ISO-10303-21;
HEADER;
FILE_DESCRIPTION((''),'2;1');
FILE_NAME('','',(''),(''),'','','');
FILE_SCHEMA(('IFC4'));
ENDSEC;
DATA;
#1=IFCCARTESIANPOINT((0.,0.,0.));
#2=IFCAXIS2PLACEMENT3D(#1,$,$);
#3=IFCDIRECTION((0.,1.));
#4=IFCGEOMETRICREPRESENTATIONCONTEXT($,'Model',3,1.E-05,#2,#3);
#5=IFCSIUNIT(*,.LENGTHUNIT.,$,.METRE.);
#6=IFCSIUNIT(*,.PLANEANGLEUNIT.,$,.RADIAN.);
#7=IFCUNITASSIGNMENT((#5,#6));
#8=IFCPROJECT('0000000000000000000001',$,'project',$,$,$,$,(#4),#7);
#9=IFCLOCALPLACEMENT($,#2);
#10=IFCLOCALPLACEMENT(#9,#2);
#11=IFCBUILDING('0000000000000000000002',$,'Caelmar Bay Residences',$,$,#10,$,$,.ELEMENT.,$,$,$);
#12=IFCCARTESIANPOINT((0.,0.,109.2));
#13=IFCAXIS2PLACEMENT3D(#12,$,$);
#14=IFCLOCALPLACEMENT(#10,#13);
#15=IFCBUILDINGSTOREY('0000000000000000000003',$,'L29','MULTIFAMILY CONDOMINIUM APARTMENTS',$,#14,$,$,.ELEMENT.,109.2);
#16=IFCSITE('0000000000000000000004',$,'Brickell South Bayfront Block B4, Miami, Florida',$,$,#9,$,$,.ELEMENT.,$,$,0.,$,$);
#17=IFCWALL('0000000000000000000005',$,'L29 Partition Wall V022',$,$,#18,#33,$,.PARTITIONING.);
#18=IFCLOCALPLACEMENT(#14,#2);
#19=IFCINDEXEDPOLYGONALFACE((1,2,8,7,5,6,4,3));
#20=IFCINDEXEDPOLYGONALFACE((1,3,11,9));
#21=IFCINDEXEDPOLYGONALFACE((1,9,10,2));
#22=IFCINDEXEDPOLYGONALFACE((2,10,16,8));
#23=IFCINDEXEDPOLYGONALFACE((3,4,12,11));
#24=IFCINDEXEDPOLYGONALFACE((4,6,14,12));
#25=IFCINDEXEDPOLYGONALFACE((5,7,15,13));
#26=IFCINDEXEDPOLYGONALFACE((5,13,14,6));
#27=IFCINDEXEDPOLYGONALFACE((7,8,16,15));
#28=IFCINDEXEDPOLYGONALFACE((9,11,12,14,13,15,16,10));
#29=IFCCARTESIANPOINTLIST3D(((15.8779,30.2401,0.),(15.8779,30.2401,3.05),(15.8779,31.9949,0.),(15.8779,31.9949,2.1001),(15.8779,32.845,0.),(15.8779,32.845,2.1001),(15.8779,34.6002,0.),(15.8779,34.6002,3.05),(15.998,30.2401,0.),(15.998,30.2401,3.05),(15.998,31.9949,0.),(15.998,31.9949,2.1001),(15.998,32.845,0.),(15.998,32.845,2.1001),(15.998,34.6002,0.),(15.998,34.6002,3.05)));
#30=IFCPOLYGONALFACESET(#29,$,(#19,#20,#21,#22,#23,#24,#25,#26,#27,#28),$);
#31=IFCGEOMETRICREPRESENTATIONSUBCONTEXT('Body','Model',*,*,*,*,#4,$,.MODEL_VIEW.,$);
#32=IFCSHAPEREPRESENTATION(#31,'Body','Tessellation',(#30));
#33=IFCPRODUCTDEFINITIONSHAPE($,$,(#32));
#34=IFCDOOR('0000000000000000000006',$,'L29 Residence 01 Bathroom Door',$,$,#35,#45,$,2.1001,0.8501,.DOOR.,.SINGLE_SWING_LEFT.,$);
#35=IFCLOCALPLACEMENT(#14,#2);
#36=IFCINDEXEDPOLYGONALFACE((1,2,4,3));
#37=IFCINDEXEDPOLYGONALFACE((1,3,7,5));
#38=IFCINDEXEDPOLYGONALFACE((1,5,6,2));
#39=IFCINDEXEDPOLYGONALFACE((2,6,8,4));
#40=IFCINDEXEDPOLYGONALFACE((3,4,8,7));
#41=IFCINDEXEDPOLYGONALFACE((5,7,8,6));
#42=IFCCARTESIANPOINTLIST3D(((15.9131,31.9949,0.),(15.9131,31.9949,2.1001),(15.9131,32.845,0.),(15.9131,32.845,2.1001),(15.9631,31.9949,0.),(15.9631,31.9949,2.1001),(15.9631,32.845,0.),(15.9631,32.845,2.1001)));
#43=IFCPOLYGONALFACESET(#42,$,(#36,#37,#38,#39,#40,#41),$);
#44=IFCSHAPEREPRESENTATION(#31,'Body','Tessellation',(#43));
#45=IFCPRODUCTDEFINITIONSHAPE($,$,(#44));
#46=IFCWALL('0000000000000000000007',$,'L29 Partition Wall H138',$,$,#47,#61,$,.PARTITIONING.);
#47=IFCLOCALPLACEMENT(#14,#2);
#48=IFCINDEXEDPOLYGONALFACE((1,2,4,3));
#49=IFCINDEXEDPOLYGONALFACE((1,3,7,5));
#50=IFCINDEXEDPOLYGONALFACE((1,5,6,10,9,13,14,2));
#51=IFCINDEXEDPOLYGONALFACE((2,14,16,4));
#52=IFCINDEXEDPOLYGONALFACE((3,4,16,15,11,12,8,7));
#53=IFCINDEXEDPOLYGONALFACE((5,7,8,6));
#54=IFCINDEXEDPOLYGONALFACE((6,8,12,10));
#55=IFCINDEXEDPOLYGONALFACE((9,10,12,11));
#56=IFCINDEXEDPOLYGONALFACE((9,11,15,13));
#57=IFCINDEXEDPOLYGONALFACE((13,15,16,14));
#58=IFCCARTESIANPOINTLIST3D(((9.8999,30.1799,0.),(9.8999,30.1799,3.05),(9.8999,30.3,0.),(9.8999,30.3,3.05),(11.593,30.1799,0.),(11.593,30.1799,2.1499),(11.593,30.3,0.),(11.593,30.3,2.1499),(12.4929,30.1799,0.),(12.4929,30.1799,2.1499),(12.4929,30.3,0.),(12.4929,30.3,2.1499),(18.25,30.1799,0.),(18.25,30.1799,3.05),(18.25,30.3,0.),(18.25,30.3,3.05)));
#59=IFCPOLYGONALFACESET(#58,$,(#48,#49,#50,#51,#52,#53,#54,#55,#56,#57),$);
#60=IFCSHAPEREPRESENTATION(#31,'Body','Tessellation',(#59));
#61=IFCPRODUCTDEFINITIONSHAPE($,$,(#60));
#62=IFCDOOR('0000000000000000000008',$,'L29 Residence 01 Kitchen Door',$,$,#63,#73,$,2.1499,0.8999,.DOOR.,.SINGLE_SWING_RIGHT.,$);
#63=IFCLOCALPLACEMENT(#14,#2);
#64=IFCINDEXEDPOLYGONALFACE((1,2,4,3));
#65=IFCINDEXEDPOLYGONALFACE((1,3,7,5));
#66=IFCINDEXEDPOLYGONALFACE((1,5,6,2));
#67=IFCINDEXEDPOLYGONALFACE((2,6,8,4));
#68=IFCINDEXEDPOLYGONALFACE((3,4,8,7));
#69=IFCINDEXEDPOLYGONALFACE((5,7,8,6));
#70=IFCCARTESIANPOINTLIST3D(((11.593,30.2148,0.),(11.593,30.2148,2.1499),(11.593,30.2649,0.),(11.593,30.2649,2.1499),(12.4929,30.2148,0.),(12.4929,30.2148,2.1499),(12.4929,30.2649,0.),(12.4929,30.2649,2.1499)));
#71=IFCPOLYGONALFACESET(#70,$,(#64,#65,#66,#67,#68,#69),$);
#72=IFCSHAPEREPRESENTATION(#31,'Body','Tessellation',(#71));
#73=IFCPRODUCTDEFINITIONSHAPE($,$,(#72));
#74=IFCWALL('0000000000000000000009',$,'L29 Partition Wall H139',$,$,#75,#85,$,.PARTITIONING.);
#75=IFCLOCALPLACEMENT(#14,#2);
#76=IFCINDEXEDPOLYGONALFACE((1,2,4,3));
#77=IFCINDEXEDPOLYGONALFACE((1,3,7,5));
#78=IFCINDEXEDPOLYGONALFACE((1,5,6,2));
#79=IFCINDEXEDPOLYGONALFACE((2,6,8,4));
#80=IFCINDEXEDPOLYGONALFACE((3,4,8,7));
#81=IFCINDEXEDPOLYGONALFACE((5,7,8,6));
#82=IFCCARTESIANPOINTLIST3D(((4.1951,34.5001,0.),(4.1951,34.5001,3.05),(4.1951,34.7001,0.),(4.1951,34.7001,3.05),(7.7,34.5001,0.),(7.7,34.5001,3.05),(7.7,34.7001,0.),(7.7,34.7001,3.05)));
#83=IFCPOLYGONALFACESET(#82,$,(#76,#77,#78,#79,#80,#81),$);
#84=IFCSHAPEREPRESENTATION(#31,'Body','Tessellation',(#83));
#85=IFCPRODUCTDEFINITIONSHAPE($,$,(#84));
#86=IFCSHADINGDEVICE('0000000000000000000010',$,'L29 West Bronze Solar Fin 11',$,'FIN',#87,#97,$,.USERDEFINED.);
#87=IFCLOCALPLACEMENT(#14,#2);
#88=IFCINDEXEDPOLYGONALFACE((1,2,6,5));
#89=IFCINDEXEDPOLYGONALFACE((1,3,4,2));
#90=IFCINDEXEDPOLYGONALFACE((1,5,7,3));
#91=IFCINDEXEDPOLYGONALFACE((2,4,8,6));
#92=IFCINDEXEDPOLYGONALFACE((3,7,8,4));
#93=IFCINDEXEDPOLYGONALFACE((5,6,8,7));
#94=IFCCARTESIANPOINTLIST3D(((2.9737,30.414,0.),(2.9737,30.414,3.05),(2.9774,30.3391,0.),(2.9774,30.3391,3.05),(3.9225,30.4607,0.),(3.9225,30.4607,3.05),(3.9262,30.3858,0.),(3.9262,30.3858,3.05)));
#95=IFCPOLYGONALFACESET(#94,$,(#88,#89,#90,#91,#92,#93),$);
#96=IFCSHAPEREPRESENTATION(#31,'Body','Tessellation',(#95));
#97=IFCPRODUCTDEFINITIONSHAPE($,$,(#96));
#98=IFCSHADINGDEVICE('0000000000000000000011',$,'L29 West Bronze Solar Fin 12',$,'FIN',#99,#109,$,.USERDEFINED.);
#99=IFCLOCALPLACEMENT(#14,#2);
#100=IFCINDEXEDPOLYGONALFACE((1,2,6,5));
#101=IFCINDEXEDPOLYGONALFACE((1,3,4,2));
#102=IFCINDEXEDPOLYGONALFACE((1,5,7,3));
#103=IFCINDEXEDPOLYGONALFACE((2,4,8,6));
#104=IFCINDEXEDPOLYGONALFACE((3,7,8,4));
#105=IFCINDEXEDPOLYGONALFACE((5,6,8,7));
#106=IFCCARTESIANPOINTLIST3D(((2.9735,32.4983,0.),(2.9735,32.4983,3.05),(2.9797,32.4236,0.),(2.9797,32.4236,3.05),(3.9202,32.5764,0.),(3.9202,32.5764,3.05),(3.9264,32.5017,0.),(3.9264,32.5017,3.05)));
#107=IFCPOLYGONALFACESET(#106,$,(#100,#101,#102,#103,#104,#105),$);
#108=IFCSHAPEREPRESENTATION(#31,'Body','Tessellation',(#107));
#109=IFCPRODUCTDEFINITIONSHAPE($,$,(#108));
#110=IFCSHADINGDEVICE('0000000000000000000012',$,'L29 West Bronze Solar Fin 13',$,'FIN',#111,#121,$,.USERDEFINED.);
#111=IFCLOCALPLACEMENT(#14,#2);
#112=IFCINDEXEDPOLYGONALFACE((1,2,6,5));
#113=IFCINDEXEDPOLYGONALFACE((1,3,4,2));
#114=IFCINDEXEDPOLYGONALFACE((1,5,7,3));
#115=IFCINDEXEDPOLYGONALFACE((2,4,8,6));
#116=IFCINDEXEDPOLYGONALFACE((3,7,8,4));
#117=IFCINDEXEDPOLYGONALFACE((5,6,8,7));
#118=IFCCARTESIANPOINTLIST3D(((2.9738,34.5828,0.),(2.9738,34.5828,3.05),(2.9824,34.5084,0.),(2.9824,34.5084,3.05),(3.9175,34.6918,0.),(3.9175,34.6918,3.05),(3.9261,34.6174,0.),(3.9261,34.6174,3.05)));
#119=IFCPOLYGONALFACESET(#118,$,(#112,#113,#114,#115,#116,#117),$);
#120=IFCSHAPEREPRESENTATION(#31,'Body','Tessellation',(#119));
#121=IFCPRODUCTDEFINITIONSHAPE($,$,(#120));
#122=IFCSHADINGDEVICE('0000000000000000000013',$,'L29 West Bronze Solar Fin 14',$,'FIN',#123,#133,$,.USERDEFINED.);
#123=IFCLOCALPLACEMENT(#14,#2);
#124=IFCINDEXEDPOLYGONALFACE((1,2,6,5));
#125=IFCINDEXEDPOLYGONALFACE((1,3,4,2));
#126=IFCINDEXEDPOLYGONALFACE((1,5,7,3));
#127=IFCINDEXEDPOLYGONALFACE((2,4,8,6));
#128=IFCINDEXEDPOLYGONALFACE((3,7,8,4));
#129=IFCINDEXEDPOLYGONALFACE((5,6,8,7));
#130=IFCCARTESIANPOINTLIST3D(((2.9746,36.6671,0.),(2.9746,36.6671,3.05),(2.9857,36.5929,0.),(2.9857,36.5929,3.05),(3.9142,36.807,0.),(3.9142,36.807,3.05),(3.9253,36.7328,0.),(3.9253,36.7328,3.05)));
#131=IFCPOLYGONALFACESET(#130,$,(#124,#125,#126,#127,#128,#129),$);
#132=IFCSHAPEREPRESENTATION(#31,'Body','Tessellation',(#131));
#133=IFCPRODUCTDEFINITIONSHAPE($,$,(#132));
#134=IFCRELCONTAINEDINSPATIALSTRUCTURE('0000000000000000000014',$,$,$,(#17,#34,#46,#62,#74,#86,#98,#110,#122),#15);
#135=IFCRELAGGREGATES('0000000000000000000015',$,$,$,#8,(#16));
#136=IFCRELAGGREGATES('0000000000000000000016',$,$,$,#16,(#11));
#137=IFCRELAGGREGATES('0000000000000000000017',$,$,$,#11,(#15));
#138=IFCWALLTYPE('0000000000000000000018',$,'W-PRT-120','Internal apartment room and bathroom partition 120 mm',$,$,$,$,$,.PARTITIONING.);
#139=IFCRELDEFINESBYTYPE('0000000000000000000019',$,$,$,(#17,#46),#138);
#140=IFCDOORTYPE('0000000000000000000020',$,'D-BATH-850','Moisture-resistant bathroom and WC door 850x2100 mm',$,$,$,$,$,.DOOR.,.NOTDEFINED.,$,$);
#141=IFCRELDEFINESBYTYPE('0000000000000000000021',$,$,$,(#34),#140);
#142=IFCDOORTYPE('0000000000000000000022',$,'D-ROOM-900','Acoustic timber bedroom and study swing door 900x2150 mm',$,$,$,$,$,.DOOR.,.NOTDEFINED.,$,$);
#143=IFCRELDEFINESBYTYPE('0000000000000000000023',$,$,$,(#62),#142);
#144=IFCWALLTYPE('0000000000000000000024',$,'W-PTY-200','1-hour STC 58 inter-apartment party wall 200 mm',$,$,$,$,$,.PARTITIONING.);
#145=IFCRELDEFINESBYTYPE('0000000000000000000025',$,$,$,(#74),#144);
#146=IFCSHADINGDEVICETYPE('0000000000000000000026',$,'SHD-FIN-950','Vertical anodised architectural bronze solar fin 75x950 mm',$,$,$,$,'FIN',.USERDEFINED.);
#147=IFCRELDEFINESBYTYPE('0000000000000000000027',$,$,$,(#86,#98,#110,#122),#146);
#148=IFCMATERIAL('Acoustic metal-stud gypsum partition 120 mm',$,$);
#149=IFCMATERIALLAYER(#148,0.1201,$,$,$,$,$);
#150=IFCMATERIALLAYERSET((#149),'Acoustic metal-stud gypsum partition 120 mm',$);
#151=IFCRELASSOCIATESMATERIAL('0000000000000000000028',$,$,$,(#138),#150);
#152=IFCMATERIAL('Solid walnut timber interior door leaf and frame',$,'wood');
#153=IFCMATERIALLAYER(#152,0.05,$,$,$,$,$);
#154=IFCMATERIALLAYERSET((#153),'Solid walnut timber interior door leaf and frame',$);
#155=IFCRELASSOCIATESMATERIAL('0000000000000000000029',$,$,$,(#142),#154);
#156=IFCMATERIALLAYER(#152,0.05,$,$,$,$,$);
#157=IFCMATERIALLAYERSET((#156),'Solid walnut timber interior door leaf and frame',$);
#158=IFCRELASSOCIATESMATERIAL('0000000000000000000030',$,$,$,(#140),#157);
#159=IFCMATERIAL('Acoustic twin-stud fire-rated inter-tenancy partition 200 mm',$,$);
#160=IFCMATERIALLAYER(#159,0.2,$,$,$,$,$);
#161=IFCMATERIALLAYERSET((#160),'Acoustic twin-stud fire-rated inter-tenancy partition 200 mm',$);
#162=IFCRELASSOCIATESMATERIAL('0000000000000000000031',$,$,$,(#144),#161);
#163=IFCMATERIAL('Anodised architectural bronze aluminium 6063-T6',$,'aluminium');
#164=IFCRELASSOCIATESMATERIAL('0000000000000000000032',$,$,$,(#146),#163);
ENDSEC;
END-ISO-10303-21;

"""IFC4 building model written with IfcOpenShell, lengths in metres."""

from ifc_helpers import new_model, si_unit, direction, frame, frame_2d, origin, origin_2d, place, context, subcontext, project, spatial, rectangle, extrude, material, layer, layer_set, material_profile, profile_set, type_object, element, fill, save


model = new_model("IFC4")

# Units and contexts
model_context = context("Model", 3, precision=1e-05, world=origin(), true_north=direction((0.0, 1.0)))
body_context = subcontext(model_context, "Body", "Model", "MODEL_VIEW")
ifc_project = project(units=[si_unit("LENGTHUNIT", "METRE"), si_unit("PLANEANGLEUNIT", "RADIAN")], contexts=[model_context])

# Site, building, storey
site_placement = place(None, origin())
site = spatial("IfcSite", under=ifc_project, at=site_placement, Name="Brickell South Bayfront Block B4, Miami, Florida", CompositionType="ELEMENT", RefElevation=0.0)
building_placement = place(site_placement, origin())
building = spatial("IfcBuilding", under=site, at=building_placement, Name="Caelmar Bay Residences", CompositionType="ELEMENT")
storey_placement = place(building_placement, frame((0.0, 0.0, 109.2)))
storey = spatial("IfcBuildingStorey", under=building, at=storey_placement, Name="L29", Description="MULTIFAMILY CONDOMINIUM APARTMENTS", CompositionType="ELEMENT", Elevation=109.2)

# Shared definitions
ifc_material_1 = material(Name="Acoustic metal-stud gypsum partition 120 mm")
ifc_layer_1 = layer(ifc_material_1, 0.1201)
ifc_layer_set_1 = layer_set([ifc_layer_1], Name="Acoustic metal-stud gypsum partition 120 mm")
wall_type_1 = type_object("IfcWallType", Name="W-PRT-120", Description="Internal apartment room and bathroom partition 120 mm", PredefinedType="PARTITIONING", material=ifc_layer_set_1)

# Walls, openings, doors
ifc_material_2 = material(Name="Solid walnut timber interior door leaf and frame", Category="wood")
ifc_layer_2 = layer(ifc_material_2, 0.05)
ifc_layer_set_2 = layer_set([ifc_layer_2], Name="Solid walnut timber interior door leaf and frame")
door_type_1 = type_object("IfcDoorType", Name="D-ROOM-900", Description="Acoustic timber bedroom and study swing door 900x2150 mm", OperationType="NOTDEFINED", PredefinedType="DOOR", material=ifc_layer_set_2)
ifc_layer_3 = layer(ifc_material_2, 0.05)
ifc_layer_set_3 = layer_set([ifc_layer_3], Name="Solid walnut timber interior door leaf and frame")
door_type_2 = type_object("IfcDoorType", Name="D-BATH-850", Description="Moisture-resistant bathroom and WC door 850x2100 mm", OperationType="NOTDEFINED", PredefinedType="DOOR", material=ifc_layer_set_3)
wall_1_placement = place(storey_placement, frame((15.938, 30.24, 0.0), z_axis=(0.0, 0.0, 1.0), x_axis=(0.0, 1.0, 0.0)))
wall_1 = element("IfcWall", 1, at=wall_1_placement, inside=storey, type_object=wall_type_1, Name="L29 Partition Wall V022", PredefinedType="PARTITIONING", context=body_context, shape_type="SweptSolid", body=[
    extrude(rectangle(XDim=4.3601, YDim=0.1201, at=frame_2d((2.1802, 0.0))), origin(), (0.0, 0.0, 1.0), 3.05),
])
opening_1_placement = place(wall_1_placement, frame((1.7549, 0.0, 0.0)))
opening_1 = element("IfcOpeningElement", 2, at=opening_1_placement, cuts=wall_1, PredefinedType="OPENING", context=body_context, shape_type="SweptSolid", body=[
    extrude(rectangle(XDim=0.8501, YDim=2.1001, at=frame_2d((0.425, 1.05))), frame((0.0, 0.0701, 0.0), z_axis=(0.0, -1.0, 0.0), x_axis=(1.0, 0.0, 0.0)), (0.0, 0.0, 1.0), 0.1401),
])
door_1_placement = place(opening_1_placement, origin())
door_1 = element("IfcDoor", 3, at=door_1_placement, inside=storey, type_object=door_type_2, Name="L29 Residence 01 Bathroom Door", OperationType="SINGLE_SWING_LEFT", OverallHeight=2.1001, OverallWidth=0.8501, PredefinedType="DOOR", context=body_context, shape_type="SweptSolid", body=[
    extrude(rectangle(XDim=0.8501, YDim=2.1001, at=frame_2d((0.425, 1.05))), frame((0.0, 0.0249, 0.0), z_axis=(0.0, -1.0, 0.0), x_axis=(1.0, 0.0, 0.0)), (0.0, 0.0, 1.0), 0.05),
])
fill(opening_1, door_1)
wall_2_placement = place(storey_placement, frame((9.8999, 30.24, 0.0), z_axis=(0.0, 0.0, 1.0), x_axis=(1.0, 0.0, 0.0)))
wall_2 = element("IfcWall", 4, at=wall_2_placement, inside=storey, type_object=wall_type_1, Name="L29 Partition Wall H138", PredefinedType="PARTITIONING", context=body_context, shape_type="SweptSolid", body=[
    extrude(rectangle(XDim=8.3501, YDim=0.1201, at=frame_2d((4.175, 0.0))), origin(), (0.0, 0.0, 1.0), 3.05),
])
opening_2_placement = place(wall_2_placement, frame((1.6931, 0.0, 0.0)))
opening_2 = element("IfcOpeningElement", 5, at=opening_2_placement, cuts=wall_2, PredefinedType="OPENING", context=body_context, shape_type="SweptSolid", body=[
    extrude(rectangle(XDim=0.8999, YDim=2.1499, at=frame_2d((0.45, 1.075))), frame((0.0, 0.0701, 0.0), z_axis=(0.0, -1.0, 0.0), x_axis=(1.0, 0.0, 0.0)), (0.0, 0.0, 1.0), 0.1401),
])
door_2_placement = place(opening_2_placement, origin())
door_2 = element("IfcDoor", 6, at=door_2_placement, inside=storey, type_object=door_type_1, Name="L29 Residence 01 Kitchen Door", OperationType="SINGLE_SWING_RIGHT", OverallHeight=2.1499, OverallWidth=0.8999, PredefinedType="DOOR", context=body_context, shape_type="SweptSolid", body=[
    extrude(rectangle(XDim=0.8999, YDim=2.1499, at=frame_2d((0.45, 1.075))), frame((0.0, 0.0249, 0.0), z_axis=(0.0, -1.0, 0.0), x_axis=(1.0, 0.0, 0.0)), (0.0, 0.0, 1.0), 0.05),
])
fill(opening_2, door_2)

# Wall
ifc_material_3 = material(Name="Acoustic twin-stud fire-rated inter-tenancy partition 200 mm")
ifc_layer_4 = layer(ifc_material_3, 0.2)
ifc_layer_set_4 = layer_set([ifc_layer_4], Name="Acoustic twin-stud fire-rated inter-tenancy partition 200 mm")
wall_type_2 = type_object("IfcWallType", Name="W-PTY-200", Description="1-hour STC 58 inter-apartment party wall 200 mm", PredefinedType="PARTITIONING", material=ifc_layer_set_4)
wall_3_placement = place(storey_placement, frame((4.1951, 34.6001, 0.0), z_axis=(0.0, 0.0, 1.0), x_axis=(1.0, 0.0, 0.0)))
element("IfcWall", 7, at=wall_3_placement, inside=storey, type_object=wall_type_2, Name="L29 Partition Wall H139", PredefinedType="PARTITIONING", context=body_context, shape_type="SweptSolid", body=[
    extrude(rectangle(XDim=3.5049, YDim=0.2, at=frame_2d((1.7524, 0.0))), origin(), (0.0, 0.0, 1.0), 3.05),
])

# Shading devices
ifc_material_4 = material(Name="Anodised architectural bronze aluminium 6063-T6", Category="aluminium")
ifc_material_profile = material_profile(ifc_material_4, rectangle(XDim=0.075, YDim=0.95, at=origin_2d()), Name="BRONZE-FIN-75X950")
ifc_profile_set = profile_set([ifc_material_profile], Name="Anodised architectural bronze aluminium 6063-T6")
shading_device_type = type_object("IfcShadingDeviceType", Name="SHD-FIN-950", Description="Vertical anodised architectural bronze solar fin 75x950 mm", ElementType="FIN", PredefinedType="USERDEFINED", material=ifc_profile_set)
for number, where, z_axis, x_axis, name in (
    (8, (3.45, 30.3999, 0.0), (0.0, 0.0, 1.0), (-0.049198, 0.998789, 0.0), "L29 West Bronze Solar Fin 11"),
    (9, (3.45, 32.5, 0.0), (0.0, 0.0, 1.0), (-0.082112, 0.996623, 0.0), "L29 West Bronze Solar Fin 12"),
    (10, (3.45, 34.6001, 0.0), (0.0, 0.0, 1.0), (-0.114764, 0.993393, 0.0), "L29 West Bronze Solar Fin 13"),
    (11, (3.45, 36.7, 0.0), (0.0, 0.0, 1.0), (-0.147292, 0.989093, 0.0), "L29 West Bronze Solar Fin 14"),
):
    element("IfcShadingDevice", number, at=place(storey_placement, frame(where, z_axis=z_axis, x_axis=x_axis)), inside=storey, type_object=shading_device_type, Name=name, ObjectType="FIN", PredefinedType="USERDEFINED", context=body_context, shape_type="SweptSolid", body=[
        extrude(rectangle(XDim=0.075, YDim=0.95, at=origin_2d()), origin(), (0.0, 0.0, 1.0), 3.05),
    ])

save(model, "model.ifc")
